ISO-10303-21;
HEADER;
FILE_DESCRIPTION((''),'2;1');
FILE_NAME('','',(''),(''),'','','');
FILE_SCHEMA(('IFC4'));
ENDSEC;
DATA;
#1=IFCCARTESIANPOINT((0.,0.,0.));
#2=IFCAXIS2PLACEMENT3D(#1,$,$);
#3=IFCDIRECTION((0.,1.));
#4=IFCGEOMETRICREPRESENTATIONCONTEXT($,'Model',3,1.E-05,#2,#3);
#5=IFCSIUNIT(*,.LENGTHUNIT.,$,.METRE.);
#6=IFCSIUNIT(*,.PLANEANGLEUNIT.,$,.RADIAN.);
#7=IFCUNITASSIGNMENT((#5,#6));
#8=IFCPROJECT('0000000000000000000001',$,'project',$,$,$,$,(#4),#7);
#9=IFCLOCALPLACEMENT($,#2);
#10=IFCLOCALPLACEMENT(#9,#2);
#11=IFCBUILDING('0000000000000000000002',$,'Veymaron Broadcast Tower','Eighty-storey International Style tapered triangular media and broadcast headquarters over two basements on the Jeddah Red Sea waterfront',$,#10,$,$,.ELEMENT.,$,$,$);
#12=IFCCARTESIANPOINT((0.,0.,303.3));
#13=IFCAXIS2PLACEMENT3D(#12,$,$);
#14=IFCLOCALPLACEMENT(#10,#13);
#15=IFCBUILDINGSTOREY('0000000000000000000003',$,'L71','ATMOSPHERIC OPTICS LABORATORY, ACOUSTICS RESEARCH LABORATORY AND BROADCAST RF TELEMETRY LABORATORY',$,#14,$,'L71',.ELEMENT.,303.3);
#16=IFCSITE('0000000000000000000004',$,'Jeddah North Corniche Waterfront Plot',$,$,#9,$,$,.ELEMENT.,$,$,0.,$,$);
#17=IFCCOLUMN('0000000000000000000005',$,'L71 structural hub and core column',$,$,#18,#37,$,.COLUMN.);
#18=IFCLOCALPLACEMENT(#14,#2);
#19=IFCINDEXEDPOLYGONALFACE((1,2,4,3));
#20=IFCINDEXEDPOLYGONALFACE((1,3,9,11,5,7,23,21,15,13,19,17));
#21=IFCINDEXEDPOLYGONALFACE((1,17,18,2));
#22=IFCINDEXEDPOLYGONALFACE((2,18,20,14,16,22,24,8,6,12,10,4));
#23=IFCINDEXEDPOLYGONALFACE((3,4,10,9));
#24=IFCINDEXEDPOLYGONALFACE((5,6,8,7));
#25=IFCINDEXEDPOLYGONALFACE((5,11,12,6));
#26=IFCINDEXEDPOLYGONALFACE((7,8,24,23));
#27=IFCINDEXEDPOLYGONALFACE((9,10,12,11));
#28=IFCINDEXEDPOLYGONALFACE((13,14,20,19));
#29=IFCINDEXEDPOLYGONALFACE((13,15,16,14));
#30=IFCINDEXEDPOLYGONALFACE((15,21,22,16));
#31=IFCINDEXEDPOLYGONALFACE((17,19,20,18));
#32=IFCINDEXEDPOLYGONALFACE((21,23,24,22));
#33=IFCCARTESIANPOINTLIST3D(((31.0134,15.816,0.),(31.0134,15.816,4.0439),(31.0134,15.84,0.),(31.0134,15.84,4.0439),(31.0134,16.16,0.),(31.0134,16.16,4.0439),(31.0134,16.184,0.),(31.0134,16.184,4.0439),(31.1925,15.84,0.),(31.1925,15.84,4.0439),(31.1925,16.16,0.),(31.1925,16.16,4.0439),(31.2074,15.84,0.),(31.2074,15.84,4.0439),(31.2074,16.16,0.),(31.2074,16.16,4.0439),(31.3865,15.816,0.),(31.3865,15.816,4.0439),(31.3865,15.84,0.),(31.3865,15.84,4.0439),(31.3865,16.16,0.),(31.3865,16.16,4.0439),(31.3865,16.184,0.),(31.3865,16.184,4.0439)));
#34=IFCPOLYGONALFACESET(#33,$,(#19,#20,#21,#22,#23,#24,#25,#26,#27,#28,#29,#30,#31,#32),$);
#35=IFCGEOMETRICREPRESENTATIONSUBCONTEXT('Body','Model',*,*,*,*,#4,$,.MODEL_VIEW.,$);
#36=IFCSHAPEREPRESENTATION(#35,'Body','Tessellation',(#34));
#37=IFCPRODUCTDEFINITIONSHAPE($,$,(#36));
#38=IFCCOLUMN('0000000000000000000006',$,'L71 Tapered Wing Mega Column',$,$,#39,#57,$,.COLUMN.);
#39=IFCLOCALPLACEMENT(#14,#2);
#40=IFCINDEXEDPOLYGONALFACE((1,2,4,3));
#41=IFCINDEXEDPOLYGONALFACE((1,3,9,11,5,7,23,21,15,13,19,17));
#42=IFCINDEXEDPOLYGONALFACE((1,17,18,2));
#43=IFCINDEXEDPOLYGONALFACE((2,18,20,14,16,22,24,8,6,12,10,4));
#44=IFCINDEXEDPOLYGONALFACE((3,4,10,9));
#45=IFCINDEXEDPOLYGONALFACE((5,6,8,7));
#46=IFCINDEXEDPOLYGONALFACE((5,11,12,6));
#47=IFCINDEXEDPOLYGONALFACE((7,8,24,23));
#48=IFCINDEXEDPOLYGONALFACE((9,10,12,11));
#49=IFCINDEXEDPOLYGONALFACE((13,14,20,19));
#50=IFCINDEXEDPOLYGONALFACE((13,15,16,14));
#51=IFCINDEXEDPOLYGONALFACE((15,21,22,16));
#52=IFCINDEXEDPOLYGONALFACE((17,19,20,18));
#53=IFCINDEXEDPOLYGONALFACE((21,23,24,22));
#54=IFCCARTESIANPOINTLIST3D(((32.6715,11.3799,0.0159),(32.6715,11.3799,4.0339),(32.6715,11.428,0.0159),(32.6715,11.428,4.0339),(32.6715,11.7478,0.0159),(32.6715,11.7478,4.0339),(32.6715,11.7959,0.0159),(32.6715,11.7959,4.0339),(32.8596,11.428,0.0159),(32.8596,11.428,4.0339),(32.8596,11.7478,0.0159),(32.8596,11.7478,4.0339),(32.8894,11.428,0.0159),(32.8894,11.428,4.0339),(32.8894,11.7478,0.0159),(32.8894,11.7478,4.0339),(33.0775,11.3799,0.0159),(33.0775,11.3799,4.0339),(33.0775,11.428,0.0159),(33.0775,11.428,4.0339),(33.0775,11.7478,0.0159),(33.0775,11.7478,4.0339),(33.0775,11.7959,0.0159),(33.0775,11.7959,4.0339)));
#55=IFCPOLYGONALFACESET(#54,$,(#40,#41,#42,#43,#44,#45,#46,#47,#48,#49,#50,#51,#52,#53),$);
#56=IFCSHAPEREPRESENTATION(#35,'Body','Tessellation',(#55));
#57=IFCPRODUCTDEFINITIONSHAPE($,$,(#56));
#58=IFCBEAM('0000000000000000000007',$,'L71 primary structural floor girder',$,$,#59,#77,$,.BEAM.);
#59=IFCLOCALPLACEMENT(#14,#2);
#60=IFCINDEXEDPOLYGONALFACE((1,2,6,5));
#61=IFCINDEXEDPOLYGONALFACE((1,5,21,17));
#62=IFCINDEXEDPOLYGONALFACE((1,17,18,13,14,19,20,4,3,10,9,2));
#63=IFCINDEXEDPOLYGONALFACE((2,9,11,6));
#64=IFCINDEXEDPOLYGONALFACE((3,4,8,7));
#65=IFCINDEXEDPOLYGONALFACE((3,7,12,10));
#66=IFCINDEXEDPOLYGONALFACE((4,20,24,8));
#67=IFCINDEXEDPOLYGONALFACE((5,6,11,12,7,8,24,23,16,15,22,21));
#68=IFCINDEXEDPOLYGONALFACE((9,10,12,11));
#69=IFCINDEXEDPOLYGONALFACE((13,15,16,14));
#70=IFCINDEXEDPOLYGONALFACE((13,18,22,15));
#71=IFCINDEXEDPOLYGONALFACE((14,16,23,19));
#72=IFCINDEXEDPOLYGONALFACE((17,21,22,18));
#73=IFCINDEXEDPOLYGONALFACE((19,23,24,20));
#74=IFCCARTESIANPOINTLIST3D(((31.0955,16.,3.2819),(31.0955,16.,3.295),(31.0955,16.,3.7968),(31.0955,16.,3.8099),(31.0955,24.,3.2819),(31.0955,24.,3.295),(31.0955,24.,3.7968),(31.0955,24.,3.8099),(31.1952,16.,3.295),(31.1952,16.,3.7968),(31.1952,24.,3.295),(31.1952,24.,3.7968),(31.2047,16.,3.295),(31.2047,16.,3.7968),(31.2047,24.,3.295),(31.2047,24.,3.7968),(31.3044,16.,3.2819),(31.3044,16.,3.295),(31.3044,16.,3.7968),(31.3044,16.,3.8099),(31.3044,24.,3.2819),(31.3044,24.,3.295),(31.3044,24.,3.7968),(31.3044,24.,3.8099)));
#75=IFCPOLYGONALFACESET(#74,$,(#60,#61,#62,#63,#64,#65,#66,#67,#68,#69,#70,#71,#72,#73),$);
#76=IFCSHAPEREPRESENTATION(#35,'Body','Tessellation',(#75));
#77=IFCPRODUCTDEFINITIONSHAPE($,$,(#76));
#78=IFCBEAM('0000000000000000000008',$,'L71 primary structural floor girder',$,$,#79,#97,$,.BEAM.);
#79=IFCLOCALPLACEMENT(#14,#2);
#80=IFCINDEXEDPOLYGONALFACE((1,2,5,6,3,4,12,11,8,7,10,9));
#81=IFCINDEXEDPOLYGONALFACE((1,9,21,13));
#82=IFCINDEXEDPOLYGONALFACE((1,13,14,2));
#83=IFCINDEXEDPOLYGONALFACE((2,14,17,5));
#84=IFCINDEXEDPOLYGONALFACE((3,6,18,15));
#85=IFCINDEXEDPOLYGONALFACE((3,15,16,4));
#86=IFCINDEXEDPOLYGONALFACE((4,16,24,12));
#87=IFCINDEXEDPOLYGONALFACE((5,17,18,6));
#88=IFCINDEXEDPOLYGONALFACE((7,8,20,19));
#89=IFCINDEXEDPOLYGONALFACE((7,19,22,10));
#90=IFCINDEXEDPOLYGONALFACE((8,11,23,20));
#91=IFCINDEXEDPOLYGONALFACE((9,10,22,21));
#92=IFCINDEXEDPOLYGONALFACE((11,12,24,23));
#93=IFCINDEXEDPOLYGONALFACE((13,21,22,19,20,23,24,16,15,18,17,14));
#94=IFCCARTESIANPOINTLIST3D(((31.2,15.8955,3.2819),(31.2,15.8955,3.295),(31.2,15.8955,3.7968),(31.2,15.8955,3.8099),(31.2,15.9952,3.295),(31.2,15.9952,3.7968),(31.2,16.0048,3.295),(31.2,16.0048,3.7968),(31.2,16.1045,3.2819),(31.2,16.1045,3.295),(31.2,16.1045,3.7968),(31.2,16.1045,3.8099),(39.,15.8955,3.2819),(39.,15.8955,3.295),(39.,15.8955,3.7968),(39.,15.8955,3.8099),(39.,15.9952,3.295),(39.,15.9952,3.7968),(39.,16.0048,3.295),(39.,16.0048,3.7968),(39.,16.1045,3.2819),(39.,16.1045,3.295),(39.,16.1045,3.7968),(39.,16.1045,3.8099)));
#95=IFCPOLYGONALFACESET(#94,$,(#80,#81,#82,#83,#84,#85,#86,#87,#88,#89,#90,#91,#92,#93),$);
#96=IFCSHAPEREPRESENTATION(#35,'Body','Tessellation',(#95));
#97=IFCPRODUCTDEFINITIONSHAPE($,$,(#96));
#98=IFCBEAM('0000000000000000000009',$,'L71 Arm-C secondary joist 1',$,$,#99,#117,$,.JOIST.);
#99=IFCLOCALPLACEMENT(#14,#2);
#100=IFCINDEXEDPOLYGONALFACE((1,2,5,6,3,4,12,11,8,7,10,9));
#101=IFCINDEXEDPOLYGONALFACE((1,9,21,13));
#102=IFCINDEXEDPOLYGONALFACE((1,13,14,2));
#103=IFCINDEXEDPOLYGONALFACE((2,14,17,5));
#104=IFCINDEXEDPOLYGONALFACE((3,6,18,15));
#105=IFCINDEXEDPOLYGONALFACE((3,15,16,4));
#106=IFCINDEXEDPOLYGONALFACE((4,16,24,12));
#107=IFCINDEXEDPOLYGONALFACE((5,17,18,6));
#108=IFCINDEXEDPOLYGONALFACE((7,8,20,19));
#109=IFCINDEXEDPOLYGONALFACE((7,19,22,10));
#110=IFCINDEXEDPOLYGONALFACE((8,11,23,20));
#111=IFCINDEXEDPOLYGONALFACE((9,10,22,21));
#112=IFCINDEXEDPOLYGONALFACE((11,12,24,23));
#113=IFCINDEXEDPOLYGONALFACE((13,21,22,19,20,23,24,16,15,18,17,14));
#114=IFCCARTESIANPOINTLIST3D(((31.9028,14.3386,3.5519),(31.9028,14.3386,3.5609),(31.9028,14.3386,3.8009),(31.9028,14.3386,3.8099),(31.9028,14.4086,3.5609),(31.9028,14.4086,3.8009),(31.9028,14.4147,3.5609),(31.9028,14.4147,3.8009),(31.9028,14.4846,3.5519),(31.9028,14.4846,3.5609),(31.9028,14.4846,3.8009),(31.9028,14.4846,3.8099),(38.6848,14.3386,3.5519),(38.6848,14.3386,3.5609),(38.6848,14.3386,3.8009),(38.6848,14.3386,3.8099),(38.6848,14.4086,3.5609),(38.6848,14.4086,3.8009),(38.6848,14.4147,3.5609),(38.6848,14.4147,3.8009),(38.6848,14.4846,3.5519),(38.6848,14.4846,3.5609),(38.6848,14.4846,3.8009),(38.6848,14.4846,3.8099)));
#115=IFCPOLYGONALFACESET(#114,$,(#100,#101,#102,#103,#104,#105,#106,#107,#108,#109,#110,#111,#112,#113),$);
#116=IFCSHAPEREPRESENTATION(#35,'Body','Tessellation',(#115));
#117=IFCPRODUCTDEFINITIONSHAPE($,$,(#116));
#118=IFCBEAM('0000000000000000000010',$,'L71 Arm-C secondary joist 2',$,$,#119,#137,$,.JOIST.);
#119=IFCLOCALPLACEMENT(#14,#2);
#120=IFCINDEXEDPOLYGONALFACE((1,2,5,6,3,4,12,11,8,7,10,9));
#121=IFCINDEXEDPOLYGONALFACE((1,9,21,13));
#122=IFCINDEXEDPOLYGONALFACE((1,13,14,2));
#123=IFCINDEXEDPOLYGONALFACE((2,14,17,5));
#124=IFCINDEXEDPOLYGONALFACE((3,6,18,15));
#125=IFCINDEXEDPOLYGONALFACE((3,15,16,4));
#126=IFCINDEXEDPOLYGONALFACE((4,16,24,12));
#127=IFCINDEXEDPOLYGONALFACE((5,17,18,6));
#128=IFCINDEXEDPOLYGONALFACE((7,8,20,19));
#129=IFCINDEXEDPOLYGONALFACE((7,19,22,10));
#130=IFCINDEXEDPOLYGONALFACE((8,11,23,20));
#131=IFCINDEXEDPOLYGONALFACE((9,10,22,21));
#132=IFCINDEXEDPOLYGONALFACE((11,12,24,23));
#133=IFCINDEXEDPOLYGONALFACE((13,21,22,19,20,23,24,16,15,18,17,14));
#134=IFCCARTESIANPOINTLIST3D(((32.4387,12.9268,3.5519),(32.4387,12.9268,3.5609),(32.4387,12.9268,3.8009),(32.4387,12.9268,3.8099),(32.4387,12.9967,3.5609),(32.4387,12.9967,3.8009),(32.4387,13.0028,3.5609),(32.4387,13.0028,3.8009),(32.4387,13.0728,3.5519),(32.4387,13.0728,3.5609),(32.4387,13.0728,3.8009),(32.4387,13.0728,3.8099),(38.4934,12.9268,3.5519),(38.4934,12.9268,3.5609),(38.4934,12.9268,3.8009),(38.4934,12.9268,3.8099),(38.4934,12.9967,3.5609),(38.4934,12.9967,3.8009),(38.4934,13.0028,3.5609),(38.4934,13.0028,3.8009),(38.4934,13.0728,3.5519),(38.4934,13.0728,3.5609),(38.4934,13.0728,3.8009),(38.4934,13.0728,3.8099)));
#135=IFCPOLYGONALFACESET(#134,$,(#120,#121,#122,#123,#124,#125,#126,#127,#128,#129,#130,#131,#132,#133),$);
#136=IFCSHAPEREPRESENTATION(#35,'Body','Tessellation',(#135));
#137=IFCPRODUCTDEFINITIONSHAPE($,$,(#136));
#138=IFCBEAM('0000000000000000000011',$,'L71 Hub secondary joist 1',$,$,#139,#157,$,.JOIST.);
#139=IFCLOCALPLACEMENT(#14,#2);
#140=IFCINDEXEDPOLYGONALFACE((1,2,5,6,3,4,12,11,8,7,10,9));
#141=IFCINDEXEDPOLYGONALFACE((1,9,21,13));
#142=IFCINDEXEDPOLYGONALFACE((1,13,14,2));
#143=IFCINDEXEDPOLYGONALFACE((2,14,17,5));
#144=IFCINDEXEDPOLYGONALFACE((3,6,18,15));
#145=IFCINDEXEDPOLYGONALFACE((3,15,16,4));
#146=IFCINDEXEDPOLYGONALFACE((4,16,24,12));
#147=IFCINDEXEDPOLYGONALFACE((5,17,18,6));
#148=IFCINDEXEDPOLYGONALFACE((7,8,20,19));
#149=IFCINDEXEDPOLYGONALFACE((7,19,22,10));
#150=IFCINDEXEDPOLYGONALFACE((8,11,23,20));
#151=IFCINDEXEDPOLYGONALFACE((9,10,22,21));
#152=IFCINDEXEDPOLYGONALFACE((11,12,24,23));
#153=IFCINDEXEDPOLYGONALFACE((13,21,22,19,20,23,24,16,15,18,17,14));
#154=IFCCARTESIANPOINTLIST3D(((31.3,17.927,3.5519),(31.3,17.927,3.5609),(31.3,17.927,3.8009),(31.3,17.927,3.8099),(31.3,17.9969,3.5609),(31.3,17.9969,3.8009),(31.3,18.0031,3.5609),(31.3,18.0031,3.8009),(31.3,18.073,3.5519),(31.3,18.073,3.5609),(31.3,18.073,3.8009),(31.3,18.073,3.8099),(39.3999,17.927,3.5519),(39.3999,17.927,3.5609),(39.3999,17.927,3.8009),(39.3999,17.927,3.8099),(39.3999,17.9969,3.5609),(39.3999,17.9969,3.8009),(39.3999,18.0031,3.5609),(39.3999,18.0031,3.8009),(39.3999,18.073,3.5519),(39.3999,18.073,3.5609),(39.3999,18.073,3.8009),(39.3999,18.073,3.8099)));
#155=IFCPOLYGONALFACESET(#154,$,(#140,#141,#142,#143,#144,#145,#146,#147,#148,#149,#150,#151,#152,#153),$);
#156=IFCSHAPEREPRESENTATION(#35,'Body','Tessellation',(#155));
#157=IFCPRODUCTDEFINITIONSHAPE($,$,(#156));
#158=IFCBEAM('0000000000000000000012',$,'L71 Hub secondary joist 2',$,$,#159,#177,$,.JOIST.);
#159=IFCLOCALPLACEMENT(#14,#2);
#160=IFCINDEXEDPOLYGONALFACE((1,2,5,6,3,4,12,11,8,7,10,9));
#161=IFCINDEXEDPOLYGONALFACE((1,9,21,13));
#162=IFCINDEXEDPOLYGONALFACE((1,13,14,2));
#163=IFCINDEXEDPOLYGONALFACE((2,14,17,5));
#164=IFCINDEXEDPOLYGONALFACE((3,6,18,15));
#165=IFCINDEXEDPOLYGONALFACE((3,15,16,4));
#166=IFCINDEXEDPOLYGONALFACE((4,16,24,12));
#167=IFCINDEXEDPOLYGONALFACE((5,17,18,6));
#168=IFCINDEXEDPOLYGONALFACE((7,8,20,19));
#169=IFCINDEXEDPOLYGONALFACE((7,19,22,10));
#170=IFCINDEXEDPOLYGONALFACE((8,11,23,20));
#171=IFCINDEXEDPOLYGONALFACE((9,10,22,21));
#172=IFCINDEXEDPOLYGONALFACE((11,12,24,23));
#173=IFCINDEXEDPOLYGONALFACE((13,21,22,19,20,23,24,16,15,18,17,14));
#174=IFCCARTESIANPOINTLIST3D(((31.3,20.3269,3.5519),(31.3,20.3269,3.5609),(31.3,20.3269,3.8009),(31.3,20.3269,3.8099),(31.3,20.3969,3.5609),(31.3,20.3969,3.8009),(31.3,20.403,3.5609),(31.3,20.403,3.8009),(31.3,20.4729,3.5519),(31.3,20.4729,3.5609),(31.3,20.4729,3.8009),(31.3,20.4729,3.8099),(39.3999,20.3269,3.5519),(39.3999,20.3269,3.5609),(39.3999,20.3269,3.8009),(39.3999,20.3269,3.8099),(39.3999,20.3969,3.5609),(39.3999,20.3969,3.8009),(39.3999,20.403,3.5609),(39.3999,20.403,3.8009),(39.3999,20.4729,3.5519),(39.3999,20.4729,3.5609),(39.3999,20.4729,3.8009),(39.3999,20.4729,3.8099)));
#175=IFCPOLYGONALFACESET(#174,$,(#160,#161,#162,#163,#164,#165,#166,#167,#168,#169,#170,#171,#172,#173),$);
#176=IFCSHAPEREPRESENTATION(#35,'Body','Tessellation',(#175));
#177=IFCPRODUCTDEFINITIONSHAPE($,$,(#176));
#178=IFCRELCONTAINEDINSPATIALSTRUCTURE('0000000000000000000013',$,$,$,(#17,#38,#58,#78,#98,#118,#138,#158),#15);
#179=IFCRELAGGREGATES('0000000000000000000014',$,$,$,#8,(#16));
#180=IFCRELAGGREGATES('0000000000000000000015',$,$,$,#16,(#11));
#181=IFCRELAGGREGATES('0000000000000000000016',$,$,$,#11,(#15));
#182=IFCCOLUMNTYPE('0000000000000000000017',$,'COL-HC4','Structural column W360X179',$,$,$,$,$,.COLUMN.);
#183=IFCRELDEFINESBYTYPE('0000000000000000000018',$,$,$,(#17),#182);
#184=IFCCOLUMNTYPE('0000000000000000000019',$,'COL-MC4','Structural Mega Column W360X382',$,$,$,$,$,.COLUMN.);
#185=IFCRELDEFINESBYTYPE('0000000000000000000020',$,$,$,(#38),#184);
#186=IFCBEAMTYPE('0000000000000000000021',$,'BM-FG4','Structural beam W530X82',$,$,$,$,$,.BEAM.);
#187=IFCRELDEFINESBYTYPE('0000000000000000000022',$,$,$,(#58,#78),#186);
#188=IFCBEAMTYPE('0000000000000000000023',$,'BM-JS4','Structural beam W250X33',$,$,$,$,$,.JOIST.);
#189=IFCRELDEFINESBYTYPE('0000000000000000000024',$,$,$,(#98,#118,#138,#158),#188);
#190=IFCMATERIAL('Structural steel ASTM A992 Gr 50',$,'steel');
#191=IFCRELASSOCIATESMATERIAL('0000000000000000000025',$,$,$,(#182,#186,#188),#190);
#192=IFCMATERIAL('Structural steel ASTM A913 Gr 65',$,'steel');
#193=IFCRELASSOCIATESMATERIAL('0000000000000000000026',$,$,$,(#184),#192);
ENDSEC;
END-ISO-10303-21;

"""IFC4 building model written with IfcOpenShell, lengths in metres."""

from ifc_helpers import new_model, si_unit, direction, frame, origin, origin_2d, place, context, subcontext, project, spatial, i_section, extrude, material, material_profile, profile_set, type_object, element, save


model = new_model("IFC4")

# Units and contexts
model_context = context("Model", 3, precision=1e-05, world=origin(), true_north=direction((0.0, 1.0)))
body_context = subcontext(model_context, "Body", "Model", "MODEL_VIEW")
ifc_project = project(units=[si_unit("LENGTHUNIT", "METRE"), si_unit("PLANEANGLEUNIT", "RADIAN")], contexts=[model_context])

# Site, building, storey
site_placement = place(None, origin())
site = spatial("IfcSite", under=ifc_project, at=site_placement, Name="Jeddah North Corniche Waterfront Plot", CompositionType="ELEMENT", RefElevation=0.0)
building_placement = place(site_placement, origin())
building = spatial("IfcBuilding", under=site, at=building_placement, Name="Veymaron Broadcast Tower", Description="Eighty-storey International Style tapered triangular media and broadcast headquarters over two basements on the Jeddah Red Sea waterfront", CompositionType="ELEMENT")
storey_placement = place(building_placement, frame((0.0, 0.0, 303.3)))
storey = spatial("IfcBuildingStorey", under=building, at=storey_placement, Name="L71", Description="ATMOSPHERIC OPTICS LABORATORY, ACOUSTICS RESEARCH LABORATORY AND BROADCAST RF TELEMETRY LABORATORY", LongName="L71", CompositionType="ELEMENT", Elevation=303.3)

# Columns
ifc_material_1 = material(Name="Structural steel ASTM A992 Gr 50", Category="steel")
ifc_material_profile_1 = material_profile(ifc_material_1, i_section(OverallWidth=0.373, OverallDepth=0.3679, WebThickness=0.0149, FlangeThickness=0.0239, at=origin_2d()), Name="W360X179")
ifc_profile_set_1 = profile_set([ifc_material_profile_1], Name="Structural steel ASTM A992 Gr 50")
column_type_1 = type_object("IfcColumnType", Name="COL-HC4", Description="Structural column W360X179", PredefinedType="COLUMN", material=ifc_profile_set_1)
column_1_placement = place(storey_placement, frame((31.2, 16.0, 0.0), z_axis=(0.0, 0.0, 1.0), x_axis=(1.0, 0.0, 0.0)))
element("IfcColumn", 1, at=column_1_placement, inside=storey, type_object=column_type_1, Name="L71 structural hub and core column", PredefinedType="COLUMN", context=body_context, shape_type="SweptSolid", body=[
    extrude(i_section(OverallWidth=0.373, OverallDepth=0.3679, WebThickness=0.0149, FlangeThickness=0.0239, at=origin_2d()), origin(), (0.0, 0.0, 1.0), 4.0439),
])
ifc_material_2 = material(Name="Structural steel ASTM A913 Gr 65", Category="steel")
ifc_material_profile_2 = material_profile(ifc_material_2, i_section(OverallWidth=0.406, OverallDepth=0.416, WebThickness=0.0298, FlangeThickness=0.0481, at=origin_2d()), Name="W360X382")
ifc_profile_set_2 = profile_set([ifc_material_profile_2], Name="Structural steel ASTM A913 Gr 65")
column_type_2 = type_object("IfcColumnType", Name="COL-MC4", Description="Structural Mega Column W360X382", PredefinedType="COLUMN", material=ifc_profile_set_2)
column_2_placement = place(storey_placement, frame((32.8745, 11.5879, 0.0159), z_axis=(0.0, 0.0, 1.0), x_axis=(1.0, 0.0, 0.0)))
element("IfcColumn", 2, at=column_2_placement, inside=storey, type_object=column_type_2, Name="L71 Tapered Wing Mega Column", PredefinedType="COLUMN", context=body_context, shape_type="SweptSolid", body=[
    extrude(i_section(OverallWidth=0.406, OverallDepth=0.416, WebThickness=0.0298, FlangeThickness=0.0481, at=origin_2d()), origin(), (0.0, 0.0, 1.0), 4.0181),
])

# Beams
ifc_material_profile_3 = material_profile(ifc_material_1, i_section(OverallWidth=0.209, OverallDepth=0.5281, WebThickness=0.0095, FlangeThickness=0.0132, at=origin_2d()), Name="W530X82")
ifc_profile_set_3 = profile_set([ifc_material_profile_3], Name="Structural steel ASTM A992 Gr 50")
beam_type_1 = type_object("IfcBeamType", Name="BM-FG4", Description="Structural beam W530X82", PredefinedType="BEAM", material=ifc_profile_set_3)
beam_1_placement = place(storey_placement, frame((31.2, 16.0, 3.5459), z_axis=(0.0, 1.0, 0.0), x_axis=(-1.0, 0.0, 0.0)))
element("IfcBeam", 3, at=beam_1_placement, inside=storey, type_object=beam_type_1, Name="L71 primary structural floor girder", PredefinedType="BEAM", context=body_context, shape_type="SweptSolid", body=[
    extrude(i_section(OverallWidth=0.209, OverallDepth=0.5281, WebThickness=0.0095, FlangeThickness=0.0132, at=origin_2d()), origin(), (0.0, 0.0, 1.0), 8.0),
])
beam_2_placement = place(storey_placement, frame((31.2, 16.0, 3.5459), z_axis=(1.0, 0.0, 0.0), x_axis=(0.0, 1.0, 0.0)))
element("IfcBeam", 4, at=beam_2_placement, inside=storey, type_object=beam_type_1, Name="L71 primary structural floor girder", PredefinedType="BEAM", context=body_context, shape_type="SweptSolid", body=[
    extrude(i_section(OverallWidth=0.209, OverallDepth=0.5281, WebThickness=0.0095, FlangeThickness=0.0132, at=origin_2d()), origin(), (0.0, 0.0, 1.0), 7.8),
])
ifc_material_profile_4 = material_profile(ifc_material_1, i_section(OverallWidth=0.146, OverallDepth=0.2581, WebThickness=0.0061, FlangeThickness=0.009, at=origin_2d()), Name="W250X33")
ifc_profile_set_4 = profile_set([ifc_material_profile_4], Name="Structural steel ASTM A992 Gr 50")
beam_type_2 = type_object("IfcBeamType", Name="BM-JS4", Description="Structural beam W250X33", PredefinedType="JOIST", material=ifc_profile_set_4)
beam_3_placement = place(storey_placement, frame((31.9028, 14.4116, 3.6809), z_axis=(1.0, 0.0, 0.0), x_axis=(0.0, 1.0, 0.0)))
element("IfcBeam", 5, at=beam_3_placement, inside=storey, type_object=beam_type_2, Name="L71 Arm-C secondary joist 1", PredefinedType="JOIST", context=body_context, shape_type="SweptSolid", body=[
    extrude(i_section(OverallWidth=0.146, OverallDepth=0.2581, WebThickness=0.0061, FlangeThickness=0.009, at=origin_2d()), origin(), (0.0, 0.0, 1.0), 6.782),
])
beam_4_placement = place(storey_placement, frame((32.4387, 12.9998, 3.6809), z_axis=(1.0, 0.0, 0.0), x_axis=(0.0, 1.0, 0.0)))
element("IfcBeam", 6, at=beam_4_placement, inside=storey, type_object=beam_type_2, Name="L71 Arm-C secondary joist 2", PredefinedType="JOIST", context=body_context, shape_type="SweptSolid", body=[
    extrude(i_section(OverallWidth=0.146, OverallDepth=0.2581, WebThickness=0.0061, FlangeThickness=0.009, at=origin_2d()), origin(), (0.0, 0.0, 1.0), 6.0547),
])
for number, where, z_axis, x_axis, name in (
    (7, (31.3, 18.0, 3.6809), (1.0, 0.0, 0.0), (0.0, 1.0, 0.0), "L71 Hub secondary joist 1"),
    (8, (31.3, 20.3999, 3.6809), (1.0, 0.0, 0.0), (0.0, 1.0, 0.0), "L71 Hub secondary joist 2"),
):
    element("IfcBeam", number, at=place(storey_placement, frame(where, z_axis=z_axis, x_axis=x_axis)), inside=storey, type_object=beam_type_2, Name=name, PredefinedType="JOIST", context=body_context, shape_type="SweptSolid", body=[
        extrude(i_section(OverallWidth=0.146, OverallDepth=0.2581, WebThickness=0.0061, FlangeThickness=0.009, at=origin_2d()), origin(), (0.0, 0.0, 1.0), 8.0999),
    ])

save(model, "model.ifc")
